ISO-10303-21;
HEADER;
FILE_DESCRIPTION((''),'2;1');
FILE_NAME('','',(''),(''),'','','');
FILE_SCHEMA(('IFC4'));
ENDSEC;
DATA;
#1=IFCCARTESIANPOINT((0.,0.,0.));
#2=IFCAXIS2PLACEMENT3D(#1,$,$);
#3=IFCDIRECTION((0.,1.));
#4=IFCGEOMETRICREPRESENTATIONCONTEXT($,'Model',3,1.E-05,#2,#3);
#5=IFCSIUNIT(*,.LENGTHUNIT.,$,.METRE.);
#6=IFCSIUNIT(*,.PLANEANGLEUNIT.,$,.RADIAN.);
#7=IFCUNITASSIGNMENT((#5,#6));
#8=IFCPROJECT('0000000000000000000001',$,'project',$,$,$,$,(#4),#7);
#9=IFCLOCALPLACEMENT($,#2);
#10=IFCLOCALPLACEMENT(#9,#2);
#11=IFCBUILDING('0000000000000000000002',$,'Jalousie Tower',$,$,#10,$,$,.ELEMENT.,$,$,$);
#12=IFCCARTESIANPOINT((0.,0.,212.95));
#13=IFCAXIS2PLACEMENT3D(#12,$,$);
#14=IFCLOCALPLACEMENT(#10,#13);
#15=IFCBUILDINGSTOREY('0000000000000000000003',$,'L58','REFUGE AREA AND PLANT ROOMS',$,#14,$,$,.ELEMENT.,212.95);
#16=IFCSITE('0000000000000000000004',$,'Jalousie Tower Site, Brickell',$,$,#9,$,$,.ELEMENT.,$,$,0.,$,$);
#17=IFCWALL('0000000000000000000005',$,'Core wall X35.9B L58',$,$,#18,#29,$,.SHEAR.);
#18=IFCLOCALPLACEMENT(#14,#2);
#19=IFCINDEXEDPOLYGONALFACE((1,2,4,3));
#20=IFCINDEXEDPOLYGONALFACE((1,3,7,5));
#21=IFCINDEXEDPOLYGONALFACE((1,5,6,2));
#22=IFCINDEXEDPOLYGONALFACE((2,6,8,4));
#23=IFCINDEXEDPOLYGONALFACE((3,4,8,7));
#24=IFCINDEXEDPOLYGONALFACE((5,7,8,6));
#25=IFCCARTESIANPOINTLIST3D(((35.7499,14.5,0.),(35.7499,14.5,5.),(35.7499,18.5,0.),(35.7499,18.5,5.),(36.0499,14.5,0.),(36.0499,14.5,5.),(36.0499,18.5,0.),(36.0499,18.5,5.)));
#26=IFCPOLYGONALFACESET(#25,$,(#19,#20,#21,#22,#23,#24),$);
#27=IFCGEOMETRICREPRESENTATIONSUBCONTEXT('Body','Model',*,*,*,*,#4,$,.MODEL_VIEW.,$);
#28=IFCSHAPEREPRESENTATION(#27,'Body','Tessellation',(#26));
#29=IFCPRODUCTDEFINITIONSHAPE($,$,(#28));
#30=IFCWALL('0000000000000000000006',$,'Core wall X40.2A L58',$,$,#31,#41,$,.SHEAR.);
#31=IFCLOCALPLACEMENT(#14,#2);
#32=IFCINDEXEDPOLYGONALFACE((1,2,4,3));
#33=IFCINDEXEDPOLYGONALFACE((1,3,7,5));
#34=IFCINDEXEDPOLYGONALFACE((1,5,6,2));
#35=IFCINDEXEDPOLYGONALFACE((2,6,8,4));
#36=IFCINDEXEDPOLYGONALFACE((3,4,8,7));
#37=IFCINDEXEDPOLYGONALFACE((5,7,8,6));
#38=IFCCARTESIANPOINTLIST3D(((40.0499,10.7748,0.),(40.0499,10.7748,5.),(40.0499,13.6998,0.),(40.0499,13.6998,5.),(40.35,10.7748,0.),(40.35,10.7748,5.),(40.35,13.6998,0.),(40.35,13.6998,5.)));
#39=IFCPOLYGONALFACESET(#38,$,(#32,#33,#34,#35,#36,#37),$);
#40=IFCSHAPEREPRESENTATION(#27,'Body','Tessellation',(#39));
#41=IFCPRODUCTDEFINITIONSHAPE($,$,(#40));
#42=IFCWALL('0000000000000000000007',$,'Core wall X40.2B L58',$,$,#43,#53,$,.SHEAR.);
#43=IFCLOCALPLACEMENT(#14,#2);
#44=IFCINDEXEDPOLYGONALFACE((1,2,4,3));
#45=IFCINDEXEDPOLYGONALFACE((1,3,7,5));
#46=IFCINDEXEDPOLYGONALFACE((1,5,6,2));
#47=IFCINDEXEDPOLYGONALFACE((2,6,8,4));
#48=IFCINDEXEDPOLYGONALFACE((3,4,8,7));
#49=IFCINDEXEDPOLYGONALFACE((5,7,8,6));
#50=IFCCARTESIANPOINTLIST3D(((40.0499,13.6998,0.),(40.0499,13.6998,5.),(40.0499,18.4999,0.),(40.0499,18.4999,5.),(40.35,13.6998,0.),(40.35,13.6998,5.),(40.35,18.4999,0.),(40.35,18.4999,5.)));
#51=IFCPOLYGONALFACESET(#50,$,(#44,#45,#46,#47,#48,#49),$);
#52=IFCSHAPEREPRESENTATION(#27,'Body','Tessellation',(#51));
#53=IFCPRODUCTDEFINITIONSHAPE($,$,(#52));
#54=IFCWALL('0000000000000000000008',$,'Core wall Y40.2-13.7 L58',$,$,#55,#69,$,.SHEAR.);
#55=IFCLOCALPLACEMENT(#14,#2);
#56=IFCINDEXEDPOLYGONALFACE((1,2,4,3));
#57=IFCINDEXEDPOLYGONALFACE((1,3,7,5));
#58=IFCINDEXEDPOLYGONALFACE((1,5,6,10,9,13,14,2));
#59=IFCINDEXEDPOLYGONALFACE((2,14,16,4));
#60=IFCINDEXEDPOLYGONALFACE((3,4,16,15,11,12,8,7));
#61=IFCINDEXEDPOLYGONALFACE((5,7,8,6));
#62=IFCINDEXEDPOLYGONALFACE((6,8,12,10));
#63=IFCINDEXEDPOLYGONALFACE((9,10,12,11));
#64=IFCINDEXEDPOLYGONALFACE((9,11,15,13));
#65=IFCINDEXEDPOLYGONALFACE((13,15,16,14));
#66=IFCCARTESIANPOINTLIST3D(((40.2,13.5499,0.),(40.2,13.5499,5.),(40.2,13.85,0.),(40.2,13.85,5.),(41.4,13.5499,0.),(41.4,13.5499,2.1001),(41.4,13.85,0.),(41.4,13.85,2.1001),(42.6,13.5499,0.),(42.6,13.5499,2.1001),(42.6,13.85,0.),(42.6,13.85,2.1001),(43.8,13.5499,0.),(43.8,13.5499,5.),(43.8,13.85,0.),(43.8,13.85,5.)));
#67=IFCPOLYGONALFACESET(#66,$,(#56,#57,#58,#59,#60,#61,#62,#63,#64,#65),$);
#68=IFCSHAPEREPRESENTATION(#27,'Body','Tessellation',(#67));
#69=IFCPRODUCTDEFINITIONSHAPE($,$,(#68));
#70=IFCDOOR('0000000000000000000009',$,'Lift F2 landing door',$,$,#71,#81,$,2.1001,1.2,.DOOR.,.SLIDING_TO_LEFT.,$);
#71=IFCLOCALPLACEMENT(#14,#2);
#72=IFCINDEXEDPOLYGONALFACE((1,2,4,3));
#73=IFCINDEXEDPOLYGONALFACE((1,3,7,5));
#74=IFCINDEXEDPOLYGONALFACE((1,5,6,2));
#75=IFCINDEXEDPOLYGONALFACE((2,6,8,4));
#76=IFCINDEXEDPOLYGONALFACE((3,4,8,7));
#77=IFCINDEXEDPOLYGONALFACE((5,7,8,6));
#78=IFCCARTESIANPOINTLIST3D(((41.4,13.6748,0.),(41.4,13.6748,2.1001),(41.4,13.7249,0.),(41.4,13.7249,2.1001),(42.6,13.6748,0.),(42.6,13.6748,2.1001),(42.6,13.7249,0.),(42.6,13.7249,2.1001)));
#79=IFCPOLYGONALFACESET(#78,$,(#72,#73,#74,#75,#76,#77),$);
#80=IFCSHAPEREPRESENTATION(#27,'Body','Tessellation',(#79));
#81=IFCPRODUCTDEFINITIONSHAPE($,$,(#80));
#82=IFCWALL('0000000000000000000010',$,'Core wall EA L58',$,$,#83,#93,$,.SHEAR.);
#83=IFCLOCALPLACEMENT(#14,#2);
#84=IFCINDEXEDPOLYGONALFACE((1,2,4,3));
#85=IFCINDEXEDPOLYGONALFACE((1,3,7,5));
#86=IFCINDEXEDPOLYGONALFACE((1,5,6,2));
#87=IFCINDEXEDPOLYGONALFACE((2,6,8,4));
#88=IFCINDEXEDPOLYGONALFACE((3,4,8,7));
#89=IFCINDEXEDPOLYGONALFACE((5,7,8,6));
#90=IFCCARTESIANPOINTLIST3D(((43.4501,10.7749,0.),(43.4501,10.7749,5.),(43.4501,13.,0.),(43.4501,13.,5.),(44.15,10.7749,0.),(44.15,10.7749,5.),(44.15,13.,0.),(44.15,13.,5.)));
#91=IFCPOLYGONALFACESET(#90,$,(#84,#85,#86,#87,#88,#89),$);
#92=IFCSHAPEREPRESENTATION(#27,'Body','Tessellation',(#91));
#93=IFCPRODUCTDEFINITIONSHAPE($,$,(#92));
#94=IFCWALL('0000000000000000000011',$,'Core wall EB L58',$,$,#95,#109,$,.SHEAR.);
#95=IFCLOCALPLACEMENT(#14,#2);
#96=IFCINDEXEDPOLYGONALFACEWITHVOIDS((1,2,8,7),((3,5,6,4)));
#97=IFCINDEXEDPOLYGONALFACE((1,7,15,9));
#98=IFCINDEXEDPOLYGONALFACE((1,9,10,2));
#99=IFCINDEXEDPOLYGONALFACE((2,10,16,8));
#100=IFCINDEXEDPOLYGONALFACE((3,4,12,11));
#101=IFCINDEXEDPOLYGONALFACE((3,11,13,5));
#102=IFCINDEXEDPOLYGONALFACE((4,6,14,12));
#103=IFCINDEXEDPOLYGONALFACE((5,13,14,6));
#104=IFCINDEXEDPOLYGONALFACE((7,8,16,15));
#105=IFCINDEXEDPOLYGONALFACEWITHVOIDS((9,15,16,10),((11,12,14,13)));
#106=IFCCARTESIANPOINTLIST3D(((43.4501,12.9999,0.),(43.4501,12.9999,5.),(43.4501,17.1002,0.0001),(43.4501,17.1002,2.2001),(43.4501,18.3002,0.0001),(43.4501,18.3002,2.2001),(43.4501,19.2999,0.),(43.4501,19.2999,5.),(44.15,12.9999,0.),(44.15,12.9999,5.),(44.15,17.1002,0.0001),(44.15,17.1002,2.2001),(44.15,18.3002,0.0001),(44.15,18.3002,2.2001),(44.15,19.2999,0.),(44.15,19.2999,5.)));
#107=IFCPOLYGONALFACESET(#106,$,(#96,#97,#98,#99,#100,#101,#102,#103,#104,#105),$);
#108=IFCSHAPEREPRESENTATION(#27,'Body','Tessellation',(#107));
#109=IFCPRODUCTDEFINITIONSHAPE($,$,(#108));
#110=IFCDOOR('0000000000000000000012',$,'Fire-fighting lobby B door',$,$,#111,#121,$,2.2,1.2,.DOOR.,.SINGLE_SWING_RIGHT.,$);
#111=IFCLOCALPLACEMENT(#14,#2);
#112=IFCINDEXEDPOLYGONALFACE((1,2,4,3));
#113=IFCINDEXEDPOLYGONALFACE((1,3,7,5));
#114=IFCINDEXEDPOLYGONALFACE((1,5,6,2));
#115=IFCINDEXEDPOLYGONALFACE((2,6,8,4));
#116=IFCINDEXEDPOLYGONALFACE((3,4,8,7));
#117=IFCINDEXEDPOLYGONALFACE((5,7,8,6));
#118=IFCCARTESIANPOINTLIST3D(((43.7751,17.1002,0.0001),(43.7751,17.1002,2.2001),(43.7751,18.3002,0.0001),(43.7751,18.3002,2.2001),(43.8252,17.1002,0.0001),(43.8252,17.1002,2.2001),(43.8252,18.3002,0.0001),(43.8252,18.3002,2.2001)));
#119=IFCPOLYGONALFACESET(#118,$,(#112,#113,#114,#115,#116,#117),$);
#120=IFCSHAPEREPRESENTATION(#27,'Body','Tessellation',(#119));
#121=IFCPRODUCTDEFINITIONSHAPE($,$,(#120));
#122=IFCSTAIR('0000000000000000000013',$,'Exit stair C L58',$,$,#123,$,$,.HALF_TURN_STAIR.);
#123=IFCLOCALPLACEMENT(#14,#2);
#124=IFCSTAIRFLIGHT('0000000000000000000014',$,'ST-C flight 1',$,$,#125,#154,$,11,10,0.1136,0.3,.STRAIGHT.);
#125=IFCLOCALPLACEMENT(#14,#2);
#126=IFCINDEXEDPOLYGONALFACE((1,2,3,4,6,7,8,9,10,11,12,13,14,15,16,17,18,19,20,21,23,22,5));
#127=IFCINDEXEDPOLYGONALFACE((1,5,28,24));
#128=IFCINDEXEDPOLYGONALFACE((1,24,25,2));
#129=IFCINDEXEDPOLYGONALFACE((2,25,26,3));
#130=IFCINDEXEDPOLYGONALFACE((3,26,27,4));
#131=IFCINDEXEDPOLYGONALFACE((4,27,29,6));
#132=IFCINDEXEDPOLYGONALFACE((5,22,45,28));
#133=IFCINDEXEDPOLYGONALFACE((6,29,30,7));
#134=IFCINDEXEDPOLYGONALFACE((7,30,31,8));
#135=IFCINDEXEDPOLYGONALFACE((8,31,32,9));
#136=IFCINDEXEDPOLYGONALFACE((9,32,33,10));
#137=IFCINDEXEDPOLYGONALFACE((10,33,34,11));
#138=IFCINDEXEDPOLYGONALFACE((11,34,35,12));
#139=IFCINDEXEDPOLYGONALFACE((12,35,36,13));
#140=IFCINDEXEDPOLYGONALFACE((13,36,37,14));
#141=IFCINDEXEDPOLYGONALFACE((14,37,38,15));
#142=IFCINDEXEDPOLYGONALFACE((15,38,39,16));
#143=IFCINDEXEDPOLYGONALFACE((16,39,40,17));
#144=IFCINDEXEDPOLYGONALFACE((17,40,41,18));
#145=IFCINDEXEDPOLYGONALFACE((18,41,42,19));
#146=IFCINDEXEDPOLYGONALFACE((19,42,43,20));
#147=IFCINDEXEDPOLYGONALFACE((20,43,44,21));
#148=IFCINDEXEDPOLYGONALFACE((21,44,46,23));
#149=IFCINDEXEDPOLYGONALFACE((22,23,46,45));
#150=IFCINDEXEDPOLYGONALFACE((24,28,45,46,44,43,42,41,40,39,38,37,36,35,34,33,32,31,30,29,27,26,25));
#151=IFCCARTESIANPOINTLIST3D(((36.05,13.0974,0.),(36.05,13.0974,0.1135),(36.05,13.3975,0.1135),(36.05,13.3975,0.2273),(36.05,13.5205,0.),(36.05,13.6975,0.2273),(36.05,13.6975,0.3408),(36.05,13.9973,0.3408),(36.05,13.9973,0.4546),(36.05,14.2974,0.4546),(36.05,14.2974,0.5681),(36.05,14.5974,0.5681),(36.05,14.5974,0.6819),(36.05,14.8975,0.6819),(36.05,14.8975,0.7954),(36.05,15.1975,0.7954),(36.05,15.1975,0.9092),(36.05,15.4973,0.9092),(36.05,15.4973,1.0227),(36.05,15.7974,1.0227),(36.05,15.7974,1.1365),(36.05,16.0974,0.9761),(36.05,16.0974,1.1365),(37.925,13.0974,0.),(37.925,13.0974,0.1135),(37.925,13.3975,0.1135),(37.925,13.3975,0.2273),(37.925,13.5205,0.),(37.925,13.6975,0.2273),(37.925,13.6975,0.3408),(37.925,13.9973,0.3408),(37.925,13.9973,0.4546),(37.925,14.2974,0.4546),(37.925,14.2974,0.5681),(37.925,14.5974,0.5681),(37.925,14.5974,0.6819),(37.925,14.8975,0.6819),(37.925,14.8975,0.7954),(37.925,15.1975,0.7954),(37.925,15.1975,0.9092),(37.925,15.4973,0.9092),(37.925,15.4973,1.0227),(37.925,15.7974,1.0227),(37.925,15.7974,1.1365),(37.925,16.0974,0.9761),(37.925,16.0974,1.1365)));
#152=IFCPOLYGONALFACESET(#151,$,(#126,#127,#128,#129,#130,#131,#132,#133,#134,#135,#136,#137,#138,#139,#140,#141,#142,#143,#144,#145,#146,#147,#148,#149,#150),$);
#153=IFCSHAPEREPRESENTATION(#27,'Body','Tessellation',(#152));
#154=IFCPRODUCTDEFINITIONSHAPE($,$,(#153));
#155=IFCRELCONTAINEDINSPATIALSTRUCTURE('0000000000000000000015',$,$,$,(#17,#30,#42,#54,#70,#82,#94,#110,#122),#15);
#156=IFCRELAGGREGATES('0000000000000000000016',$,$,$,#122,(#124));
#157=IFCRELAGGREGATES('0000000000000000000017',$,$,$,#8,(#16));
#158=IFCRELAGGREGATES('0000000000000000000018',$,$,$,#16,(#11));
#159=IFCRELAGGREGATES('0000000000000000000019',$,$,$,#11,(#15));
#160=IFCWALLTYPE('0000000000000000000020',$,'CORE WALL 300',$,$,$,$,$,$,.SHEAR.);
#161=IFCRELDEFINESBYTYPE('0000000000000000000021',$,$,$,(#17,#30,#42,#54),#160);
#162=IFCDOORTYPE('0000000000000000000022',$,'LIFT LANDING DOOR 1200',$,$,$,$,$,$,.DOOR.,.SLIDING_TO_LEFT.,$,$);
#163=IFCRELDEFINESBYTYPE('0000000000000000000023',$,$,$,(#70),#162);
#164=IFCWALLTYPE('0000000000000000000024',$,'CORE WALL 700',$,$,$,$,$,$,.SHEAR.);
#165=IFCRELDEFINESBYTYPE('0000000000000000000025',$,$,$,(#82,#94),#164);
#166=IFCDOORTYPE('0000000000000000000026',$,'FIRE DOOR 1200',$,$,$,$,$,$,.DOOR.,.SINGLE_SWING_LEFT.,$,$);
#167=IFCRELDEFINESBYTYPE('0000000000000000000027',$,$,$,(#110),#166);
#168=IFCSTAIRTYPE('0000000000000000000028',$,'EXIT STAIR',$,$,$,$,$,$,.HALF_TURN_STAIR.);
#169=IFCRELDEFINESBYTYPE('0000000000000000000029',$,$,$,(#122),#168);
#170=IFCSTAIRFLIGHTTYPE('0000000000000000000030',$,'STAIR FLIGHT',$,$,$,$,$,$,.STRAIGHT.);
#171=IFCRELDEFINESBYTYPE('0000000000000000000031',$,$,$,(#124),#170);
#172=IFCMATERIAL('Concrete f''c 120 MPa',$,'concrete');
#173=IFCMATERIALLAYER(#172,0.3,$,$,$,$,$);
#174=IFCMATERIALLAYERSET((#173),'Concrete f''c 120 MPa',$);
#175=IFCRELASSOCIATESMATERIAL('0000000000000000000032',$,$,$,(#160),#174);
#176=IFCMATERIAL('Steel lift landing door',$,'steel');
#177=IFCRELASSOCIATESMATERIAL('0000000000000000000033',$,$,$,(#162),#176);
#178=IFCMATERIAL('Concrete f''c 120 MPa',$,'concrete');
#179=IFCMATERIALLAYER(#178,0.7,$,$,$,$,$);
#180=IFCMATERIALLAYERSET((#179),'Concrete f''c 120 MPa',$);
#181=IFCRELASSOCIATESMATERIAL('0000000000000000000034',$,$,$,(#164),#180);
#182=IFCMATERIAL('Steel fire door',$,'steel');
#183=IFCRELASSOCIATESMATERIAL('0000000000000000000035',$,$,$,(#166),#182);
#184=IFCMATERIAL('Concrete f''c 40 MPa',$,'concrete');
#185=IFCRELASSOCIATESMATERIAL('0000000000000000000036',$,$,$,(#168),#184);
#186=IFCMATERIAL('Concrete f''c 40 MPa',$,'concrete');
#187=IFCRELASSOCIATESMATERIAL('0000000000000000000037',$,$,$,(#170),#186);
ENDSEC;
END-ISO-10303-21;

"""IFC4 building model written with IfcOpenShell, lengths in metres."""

from ifc_helpers import new_model, si_unit, direction, frame, frame_2d, origin, place, context, subcontext, project, spatial, polyline, rectangle, outline, extrude, material, layer, layer_set, type_object, element, fill, aggregate, save


model = new_model("IFC4")

# Units and contexts
model_context = context("Model", 3, precision=1e-05, world=origin(), true_north=direction((0.0, 1.0)))
body_context = subcontext(model_context, "Body", "Model", "MODEL_VIEW")
ifc_project = project(units=[si_unit("LENGTHUNIT", "METRE"), si_unit("PLANEANGLEUNIT", "RADIAN")], contexts=[model_context])

# Site, building, storey
site_placement = place(None, origin())
site = spatial("IfcSite", under=ifc_project, at=site_placement, Name="Jalousie Tower Site, Brickell", CompositionType="ELEMENT", RefElevation=0.0)
building_placement = place(site_placement, origin())
building = spatial("IfcBuilding", under=site, at=building_placement, Name="Jalousie Tower", CompositionType="ELEMENT")
storey_placement = place(building_placement, frame((0.0, 0.0, 212.95)))
storey = spatial("IfcBuildingStorey", under=building, at=storey_placement, Name="L58", Description="REFUGE AREA AND PLANT ROOMS", CompositionType="ELEMENT", Elevation=212.95)

# Walls
ifc_material_1 = material(Name="Concrete f'c 120 MPa", Category="concrete")
ifc_layer_1 = layer(ifc_material_1, 0.3)
ifc_layer_set_1 = layer_set([ifc_layer_1], Name="Concrete f'c 120 MPa")
wall_type_1 = type_object("IfcWallType", Name="CORE WALL 300", PredefinedType="SHEAR", material=ifc_layer_set_1)
wall_1_placement = place(storey_placement, frame((35.8999, 14.5, 0.0), z_axis=(0.0, 0.0, 1.0), x_axis=(0.0, 1.0, 0.0)))
element("IfcWall", 1, at=wall_1_placement, inside=storey, type_object=wall_type_1, Name="Core wall X35.9B L58", PredefinedType="SHEAR", context=body_context, shape_type="SweptSolid", body=[
    extrude(rectangle(XDim=4.0, YDim=0.3, at=frame_2d((2.0, 0.0))), origin(), (0.0, 0.0, 1.0), 5.0),
])
wall_2_placement = place(storey_placement, frame((40.2, 10.7749, 0.0), z_axis=(0.0, 0.0, 1.0), x_axis=(0.0, 1.0, 0.0)))
element("IfcWall", 2, at=wall_2_placement, inside=storey, type_object=wall_type_1, Name="Core wall X40.2A L58", PredefinedType="SHEAR", context=body_context, shape_type="SweptSolid", body=[
    extrude(rectangle(XDim=2.925, YDim=0.3, at=frame_2d((1.4624, 0.0))), origin(), (0.0, 0.0, 1.0), 5.0),
])
wall_3_placement = place(storey_placement, frame((40.2, 13.7, 0.0), z_axis=(0.0, 0.0, 1.0), x_axis=(0.0, 1.0, 0.0)))
element("IfcWall", 3, at=wall_3_placement, inside=storey, type_object=wall_type_1, Name="Core wall X40.2B L58", PredefinedType="SHEAR", context=body_context, shape_type="SweptSolid", body=[
    extrude(rectangle(XDim=4.8, YDim=0.3, at=frame_2d((2.3999, 0.0))), origin(), (0.0, 0.0, 1.0), 5.0),
])

# Wall, opening, door
wall_4_placement = place(storey_placement, frame((40.2, 13.7, 0.0), z_axis=(0.0, 0.0, 1.0), x_axis=(1.0, 0.0, 0.0)))
wall_4 = element("IfcWall", 4, at=wall_4_placement, inside=storey, type_object=wall_type_1, Name="Core wall Y40.2-13.7 L58", PredefinedType="SHEAR", context=body_context, shape_type="SweptSolid", body=[
    extrude(rectangle(XDim=3.6001, YDim=0.3, at=frame_2d((1.8, 0.0))), origin(), (0.0, 0.0, 1.0), 5.0),
])
opening_1_placement = place(wall_4_placement, frame((1.2, 0.0, 0.0)))
opening_1 = element("IfcOpeningElement", 5, at=opening_1_placement, cuts=wall_4, PredefinedType="OPENING", context=body_context, shape_type="SweptSolid", body=[
    extrude(rectangle(XDim=1.2, YDim=2.1001, at=frame_2d((0.6001, 1.05))), frame((0.0, 0.1599, 0.0), z_axis=(0.0, -1.0, 0.0), x_axis=(1.0, 0.0, 0.0)), (0.0, 0.0, 1.0), 0.3201),
])
ifc_material_2 = material(Name="Steel lift landing door", Category="steel")
door_type_1 = type_object("IfcDoorType", Name="LIFT LANDING DOOR 1200", OperationType="SLIDING_TO_LEFT", PredefinedType="DOOR", material=ifc_material_2)
door_1_placement = place(opening_1_placement, origin())
door_1 = element("IfcDoor", 6, at=door_1_placement, inside=storey, type_object=door_type_1, Name="Lift F2 landing door", OperationType="SLIDING_TO_LEFT", OverallHeight=2.1001, OverallWidth=1.2, PredefinedType="DOOR", context=body_context, shape_type="SweptSolid", body=[
    extrude(rectangle(XDim=1.2, YDim=2.1001, at=frame_2d((0.6001, 1.05))), frame((0.0, 0.0249, 0.0), z_axis=(0.0, -1.0, 0.0), x_axis=(1.0, 0.0, 0.0)), (0.0, 0.0, 1.0), 0.05),
])
fill(opening_1, door_1)

# Wall
ifc_material_3 = material(Name="Concrete f'c 120 MPa", Category="concrete")
ifc_layer_2 = layer(ifc_material_3, 0.7)
ifc_layer_set_2 = layer_set([ifc_layer_2], Name="Concrete f'c 120 MPa")
wall_type_2 = type_object("IfcWallType", Name="CORE WALL 700", PredefinedType="SHEAR", material=ifc_layer_set_2)
wall_5_placement = place(storey_placement, frame((43.8, 10.7749, 0.0), z_axis=(0.0, 0.0, 1.0), x_axis=(0.0, 1.0, 0.0)))
element("IfcWall", 7, at=wall_5_placement, inside=storey, type_object=wall_type_2, Name="Core wall EA L58", PredefinedType="SHEAR", context=body_context, shape_type="SweptSolid", body=[
    extrude(rectangle(XDim=2.2251, YDim=0.7, at=frame_2d((1.1125, 0.0))), origin(), (0.0, 0.0, 1.0), 5.0),
])

# Wall, opening, door
wall_6_placement = place(storey_placement, frame((43.8, 13.0, 0.0), z_axis=(0.0, 0.0, 1.0), x_axis=(0.0, 1.0, 0.0)))
wall_6 = element("IfcWall", 8, at=wall_6_placement, inside=storey, type_object=wall_type_2, Name="Core wall EB L58", PredefinedType="SHEAR", context=body_context, shape_type="SweptSolid", body=[
    extrude(rectangle(XDim=6.3, YDim=0.7, at=frame_2d((3.1499, 0.0))), origin(), (0.0, 0.0, 1.0), 5.0),
])
opening_2_placement = place(wall_6_placement, frame((4.1001, 0.0, 0.0)))
opening_2 = element("IfcOpeningElement", 9, at=opening_2_placement, cuts=wall_6, PredefinedType="OPENING", context=body_context, shape_type="SweptSolid", body=[
    extrude(rectangle(XDim=1.2, YDim=2.2, at=frame_2d((0.6001, 1.1001))), frame((0.0, 0.3599, 0.0), z_axis=(0.0, -1.0, 0.0), x_axis=(1.0, 0.0, 0.0)), (0.0, 0.0, 1.0), 0.72),
])
ifc_material_4 = material(Name="Steel fire door", Category="steel")
door_type_2 = type_object("IfcDoorType", Name="FIRE DOOR 1200", OperationType="SINGLE_SWING_LEFT", PredefinedType="DOOR", material=ifc_material_4)
door_2_placement = place(opening_2_placement, origin())
door_2 = element("IfcDoor", 10, at=door_2_placement, inside=storey, type_object=door_type_2, Name="Fire-fighting lobby B door", OperationType="SINGLE_SWING_RIGHT", OverallHeight=2.2, OverallWidth=1.2, PredefinedType="DOOR", context=body_context, shape_type="SweptSolid", body=[
    extrude(rectangle(XDim=1.2, YDim=2.2, at=frame_2d((0.6001, 1.1001))), frame((0.0, 0.0249, 0.0), z_axis=(0.0, -1.0, 0.0), x_axis=(1.0, 0.0, 0.0)), (0.0, 0.0, 1.0), 0.05),
])
fill(opening_2, door_2)

# Stair, stair flight
ifc_material_5 = material(Name="Concrete f'c 40 MPa", Category="concrete")
stair_type = type_object("IfcStairType", Name="EXIT STAIR", PredefinedType="HALF_TURN_STAIR", material=ifc_material_5)
stair_placement = place(storey_placement, origin())
stair = element("IfcStair", 11, at=stair_placement, inside=storey, type_object=stair_type, Name="Exit stair C L58", PredefinedType="HALF_TURN_STAIR")
ifc_material_6 = material(Name="Concrete f'c 40 MPa", Category="concrete")
stair_flight_type = type_object("IfcStairFlightType", Name="STAIR FLIGHT", PredefinedType="STRAIGHT", material=ifc_material_6)
stair_flight_1_placement = place(storey_placement, frame((36.9875, 13.0974, 0.0), z_axis=(0.0, 0.0, 1.0), x_axis=(0.0, 1.0, 0.0)))
stair_flight_1 = element("IfcStairFlight", 12, at=stair_flight_1_placement, type_object=stair_flight_type, Name="ST-C flight 1", NumberOfRisers=11, NumberOfTreads=10, PredefinedType="STRAIGHT", RiserHeight=0.1136, TreadLength=0.3, context=body_context, shape_type="SweptSolid", body=[
    extrude(outline(polyline([(0.0, 0.0), (0.0, 0.1135), (0.3, 0.1135), (0.3, 0.2273), (0.6001, 0.2273), (0.6001, 0.3408), (0.8999, 0.3408), (0.8999, 0.4546), (1.2, 0.4546), (1.2, 0.5681), (1.5, 0.5681), (1.5, 0.6819), (1.8, 0.6819), (1.8, 0.7954), (2.1001, 0.7954), (2.1001, 0.9092), (2.3999, 0.9092), (2.3999, 1.0227), (2.7, 1.0227), (2.7, 1.1365), (3.0, 1.1365), (3.0, 1.25), (3.0, 0.9761), (0.4231, 0.0), (0.0, 0.0)])), frame((0.0, 0.9375, 0.0), z_axis=(0.0, -1.0, 0.0), x_axis=(1.0, 0.0, 0.0)), (0.0, 0.0, 1.0), 1.875),
])
aggregate(stair, [stair_flight_1])

save(model, "model.ifc")
